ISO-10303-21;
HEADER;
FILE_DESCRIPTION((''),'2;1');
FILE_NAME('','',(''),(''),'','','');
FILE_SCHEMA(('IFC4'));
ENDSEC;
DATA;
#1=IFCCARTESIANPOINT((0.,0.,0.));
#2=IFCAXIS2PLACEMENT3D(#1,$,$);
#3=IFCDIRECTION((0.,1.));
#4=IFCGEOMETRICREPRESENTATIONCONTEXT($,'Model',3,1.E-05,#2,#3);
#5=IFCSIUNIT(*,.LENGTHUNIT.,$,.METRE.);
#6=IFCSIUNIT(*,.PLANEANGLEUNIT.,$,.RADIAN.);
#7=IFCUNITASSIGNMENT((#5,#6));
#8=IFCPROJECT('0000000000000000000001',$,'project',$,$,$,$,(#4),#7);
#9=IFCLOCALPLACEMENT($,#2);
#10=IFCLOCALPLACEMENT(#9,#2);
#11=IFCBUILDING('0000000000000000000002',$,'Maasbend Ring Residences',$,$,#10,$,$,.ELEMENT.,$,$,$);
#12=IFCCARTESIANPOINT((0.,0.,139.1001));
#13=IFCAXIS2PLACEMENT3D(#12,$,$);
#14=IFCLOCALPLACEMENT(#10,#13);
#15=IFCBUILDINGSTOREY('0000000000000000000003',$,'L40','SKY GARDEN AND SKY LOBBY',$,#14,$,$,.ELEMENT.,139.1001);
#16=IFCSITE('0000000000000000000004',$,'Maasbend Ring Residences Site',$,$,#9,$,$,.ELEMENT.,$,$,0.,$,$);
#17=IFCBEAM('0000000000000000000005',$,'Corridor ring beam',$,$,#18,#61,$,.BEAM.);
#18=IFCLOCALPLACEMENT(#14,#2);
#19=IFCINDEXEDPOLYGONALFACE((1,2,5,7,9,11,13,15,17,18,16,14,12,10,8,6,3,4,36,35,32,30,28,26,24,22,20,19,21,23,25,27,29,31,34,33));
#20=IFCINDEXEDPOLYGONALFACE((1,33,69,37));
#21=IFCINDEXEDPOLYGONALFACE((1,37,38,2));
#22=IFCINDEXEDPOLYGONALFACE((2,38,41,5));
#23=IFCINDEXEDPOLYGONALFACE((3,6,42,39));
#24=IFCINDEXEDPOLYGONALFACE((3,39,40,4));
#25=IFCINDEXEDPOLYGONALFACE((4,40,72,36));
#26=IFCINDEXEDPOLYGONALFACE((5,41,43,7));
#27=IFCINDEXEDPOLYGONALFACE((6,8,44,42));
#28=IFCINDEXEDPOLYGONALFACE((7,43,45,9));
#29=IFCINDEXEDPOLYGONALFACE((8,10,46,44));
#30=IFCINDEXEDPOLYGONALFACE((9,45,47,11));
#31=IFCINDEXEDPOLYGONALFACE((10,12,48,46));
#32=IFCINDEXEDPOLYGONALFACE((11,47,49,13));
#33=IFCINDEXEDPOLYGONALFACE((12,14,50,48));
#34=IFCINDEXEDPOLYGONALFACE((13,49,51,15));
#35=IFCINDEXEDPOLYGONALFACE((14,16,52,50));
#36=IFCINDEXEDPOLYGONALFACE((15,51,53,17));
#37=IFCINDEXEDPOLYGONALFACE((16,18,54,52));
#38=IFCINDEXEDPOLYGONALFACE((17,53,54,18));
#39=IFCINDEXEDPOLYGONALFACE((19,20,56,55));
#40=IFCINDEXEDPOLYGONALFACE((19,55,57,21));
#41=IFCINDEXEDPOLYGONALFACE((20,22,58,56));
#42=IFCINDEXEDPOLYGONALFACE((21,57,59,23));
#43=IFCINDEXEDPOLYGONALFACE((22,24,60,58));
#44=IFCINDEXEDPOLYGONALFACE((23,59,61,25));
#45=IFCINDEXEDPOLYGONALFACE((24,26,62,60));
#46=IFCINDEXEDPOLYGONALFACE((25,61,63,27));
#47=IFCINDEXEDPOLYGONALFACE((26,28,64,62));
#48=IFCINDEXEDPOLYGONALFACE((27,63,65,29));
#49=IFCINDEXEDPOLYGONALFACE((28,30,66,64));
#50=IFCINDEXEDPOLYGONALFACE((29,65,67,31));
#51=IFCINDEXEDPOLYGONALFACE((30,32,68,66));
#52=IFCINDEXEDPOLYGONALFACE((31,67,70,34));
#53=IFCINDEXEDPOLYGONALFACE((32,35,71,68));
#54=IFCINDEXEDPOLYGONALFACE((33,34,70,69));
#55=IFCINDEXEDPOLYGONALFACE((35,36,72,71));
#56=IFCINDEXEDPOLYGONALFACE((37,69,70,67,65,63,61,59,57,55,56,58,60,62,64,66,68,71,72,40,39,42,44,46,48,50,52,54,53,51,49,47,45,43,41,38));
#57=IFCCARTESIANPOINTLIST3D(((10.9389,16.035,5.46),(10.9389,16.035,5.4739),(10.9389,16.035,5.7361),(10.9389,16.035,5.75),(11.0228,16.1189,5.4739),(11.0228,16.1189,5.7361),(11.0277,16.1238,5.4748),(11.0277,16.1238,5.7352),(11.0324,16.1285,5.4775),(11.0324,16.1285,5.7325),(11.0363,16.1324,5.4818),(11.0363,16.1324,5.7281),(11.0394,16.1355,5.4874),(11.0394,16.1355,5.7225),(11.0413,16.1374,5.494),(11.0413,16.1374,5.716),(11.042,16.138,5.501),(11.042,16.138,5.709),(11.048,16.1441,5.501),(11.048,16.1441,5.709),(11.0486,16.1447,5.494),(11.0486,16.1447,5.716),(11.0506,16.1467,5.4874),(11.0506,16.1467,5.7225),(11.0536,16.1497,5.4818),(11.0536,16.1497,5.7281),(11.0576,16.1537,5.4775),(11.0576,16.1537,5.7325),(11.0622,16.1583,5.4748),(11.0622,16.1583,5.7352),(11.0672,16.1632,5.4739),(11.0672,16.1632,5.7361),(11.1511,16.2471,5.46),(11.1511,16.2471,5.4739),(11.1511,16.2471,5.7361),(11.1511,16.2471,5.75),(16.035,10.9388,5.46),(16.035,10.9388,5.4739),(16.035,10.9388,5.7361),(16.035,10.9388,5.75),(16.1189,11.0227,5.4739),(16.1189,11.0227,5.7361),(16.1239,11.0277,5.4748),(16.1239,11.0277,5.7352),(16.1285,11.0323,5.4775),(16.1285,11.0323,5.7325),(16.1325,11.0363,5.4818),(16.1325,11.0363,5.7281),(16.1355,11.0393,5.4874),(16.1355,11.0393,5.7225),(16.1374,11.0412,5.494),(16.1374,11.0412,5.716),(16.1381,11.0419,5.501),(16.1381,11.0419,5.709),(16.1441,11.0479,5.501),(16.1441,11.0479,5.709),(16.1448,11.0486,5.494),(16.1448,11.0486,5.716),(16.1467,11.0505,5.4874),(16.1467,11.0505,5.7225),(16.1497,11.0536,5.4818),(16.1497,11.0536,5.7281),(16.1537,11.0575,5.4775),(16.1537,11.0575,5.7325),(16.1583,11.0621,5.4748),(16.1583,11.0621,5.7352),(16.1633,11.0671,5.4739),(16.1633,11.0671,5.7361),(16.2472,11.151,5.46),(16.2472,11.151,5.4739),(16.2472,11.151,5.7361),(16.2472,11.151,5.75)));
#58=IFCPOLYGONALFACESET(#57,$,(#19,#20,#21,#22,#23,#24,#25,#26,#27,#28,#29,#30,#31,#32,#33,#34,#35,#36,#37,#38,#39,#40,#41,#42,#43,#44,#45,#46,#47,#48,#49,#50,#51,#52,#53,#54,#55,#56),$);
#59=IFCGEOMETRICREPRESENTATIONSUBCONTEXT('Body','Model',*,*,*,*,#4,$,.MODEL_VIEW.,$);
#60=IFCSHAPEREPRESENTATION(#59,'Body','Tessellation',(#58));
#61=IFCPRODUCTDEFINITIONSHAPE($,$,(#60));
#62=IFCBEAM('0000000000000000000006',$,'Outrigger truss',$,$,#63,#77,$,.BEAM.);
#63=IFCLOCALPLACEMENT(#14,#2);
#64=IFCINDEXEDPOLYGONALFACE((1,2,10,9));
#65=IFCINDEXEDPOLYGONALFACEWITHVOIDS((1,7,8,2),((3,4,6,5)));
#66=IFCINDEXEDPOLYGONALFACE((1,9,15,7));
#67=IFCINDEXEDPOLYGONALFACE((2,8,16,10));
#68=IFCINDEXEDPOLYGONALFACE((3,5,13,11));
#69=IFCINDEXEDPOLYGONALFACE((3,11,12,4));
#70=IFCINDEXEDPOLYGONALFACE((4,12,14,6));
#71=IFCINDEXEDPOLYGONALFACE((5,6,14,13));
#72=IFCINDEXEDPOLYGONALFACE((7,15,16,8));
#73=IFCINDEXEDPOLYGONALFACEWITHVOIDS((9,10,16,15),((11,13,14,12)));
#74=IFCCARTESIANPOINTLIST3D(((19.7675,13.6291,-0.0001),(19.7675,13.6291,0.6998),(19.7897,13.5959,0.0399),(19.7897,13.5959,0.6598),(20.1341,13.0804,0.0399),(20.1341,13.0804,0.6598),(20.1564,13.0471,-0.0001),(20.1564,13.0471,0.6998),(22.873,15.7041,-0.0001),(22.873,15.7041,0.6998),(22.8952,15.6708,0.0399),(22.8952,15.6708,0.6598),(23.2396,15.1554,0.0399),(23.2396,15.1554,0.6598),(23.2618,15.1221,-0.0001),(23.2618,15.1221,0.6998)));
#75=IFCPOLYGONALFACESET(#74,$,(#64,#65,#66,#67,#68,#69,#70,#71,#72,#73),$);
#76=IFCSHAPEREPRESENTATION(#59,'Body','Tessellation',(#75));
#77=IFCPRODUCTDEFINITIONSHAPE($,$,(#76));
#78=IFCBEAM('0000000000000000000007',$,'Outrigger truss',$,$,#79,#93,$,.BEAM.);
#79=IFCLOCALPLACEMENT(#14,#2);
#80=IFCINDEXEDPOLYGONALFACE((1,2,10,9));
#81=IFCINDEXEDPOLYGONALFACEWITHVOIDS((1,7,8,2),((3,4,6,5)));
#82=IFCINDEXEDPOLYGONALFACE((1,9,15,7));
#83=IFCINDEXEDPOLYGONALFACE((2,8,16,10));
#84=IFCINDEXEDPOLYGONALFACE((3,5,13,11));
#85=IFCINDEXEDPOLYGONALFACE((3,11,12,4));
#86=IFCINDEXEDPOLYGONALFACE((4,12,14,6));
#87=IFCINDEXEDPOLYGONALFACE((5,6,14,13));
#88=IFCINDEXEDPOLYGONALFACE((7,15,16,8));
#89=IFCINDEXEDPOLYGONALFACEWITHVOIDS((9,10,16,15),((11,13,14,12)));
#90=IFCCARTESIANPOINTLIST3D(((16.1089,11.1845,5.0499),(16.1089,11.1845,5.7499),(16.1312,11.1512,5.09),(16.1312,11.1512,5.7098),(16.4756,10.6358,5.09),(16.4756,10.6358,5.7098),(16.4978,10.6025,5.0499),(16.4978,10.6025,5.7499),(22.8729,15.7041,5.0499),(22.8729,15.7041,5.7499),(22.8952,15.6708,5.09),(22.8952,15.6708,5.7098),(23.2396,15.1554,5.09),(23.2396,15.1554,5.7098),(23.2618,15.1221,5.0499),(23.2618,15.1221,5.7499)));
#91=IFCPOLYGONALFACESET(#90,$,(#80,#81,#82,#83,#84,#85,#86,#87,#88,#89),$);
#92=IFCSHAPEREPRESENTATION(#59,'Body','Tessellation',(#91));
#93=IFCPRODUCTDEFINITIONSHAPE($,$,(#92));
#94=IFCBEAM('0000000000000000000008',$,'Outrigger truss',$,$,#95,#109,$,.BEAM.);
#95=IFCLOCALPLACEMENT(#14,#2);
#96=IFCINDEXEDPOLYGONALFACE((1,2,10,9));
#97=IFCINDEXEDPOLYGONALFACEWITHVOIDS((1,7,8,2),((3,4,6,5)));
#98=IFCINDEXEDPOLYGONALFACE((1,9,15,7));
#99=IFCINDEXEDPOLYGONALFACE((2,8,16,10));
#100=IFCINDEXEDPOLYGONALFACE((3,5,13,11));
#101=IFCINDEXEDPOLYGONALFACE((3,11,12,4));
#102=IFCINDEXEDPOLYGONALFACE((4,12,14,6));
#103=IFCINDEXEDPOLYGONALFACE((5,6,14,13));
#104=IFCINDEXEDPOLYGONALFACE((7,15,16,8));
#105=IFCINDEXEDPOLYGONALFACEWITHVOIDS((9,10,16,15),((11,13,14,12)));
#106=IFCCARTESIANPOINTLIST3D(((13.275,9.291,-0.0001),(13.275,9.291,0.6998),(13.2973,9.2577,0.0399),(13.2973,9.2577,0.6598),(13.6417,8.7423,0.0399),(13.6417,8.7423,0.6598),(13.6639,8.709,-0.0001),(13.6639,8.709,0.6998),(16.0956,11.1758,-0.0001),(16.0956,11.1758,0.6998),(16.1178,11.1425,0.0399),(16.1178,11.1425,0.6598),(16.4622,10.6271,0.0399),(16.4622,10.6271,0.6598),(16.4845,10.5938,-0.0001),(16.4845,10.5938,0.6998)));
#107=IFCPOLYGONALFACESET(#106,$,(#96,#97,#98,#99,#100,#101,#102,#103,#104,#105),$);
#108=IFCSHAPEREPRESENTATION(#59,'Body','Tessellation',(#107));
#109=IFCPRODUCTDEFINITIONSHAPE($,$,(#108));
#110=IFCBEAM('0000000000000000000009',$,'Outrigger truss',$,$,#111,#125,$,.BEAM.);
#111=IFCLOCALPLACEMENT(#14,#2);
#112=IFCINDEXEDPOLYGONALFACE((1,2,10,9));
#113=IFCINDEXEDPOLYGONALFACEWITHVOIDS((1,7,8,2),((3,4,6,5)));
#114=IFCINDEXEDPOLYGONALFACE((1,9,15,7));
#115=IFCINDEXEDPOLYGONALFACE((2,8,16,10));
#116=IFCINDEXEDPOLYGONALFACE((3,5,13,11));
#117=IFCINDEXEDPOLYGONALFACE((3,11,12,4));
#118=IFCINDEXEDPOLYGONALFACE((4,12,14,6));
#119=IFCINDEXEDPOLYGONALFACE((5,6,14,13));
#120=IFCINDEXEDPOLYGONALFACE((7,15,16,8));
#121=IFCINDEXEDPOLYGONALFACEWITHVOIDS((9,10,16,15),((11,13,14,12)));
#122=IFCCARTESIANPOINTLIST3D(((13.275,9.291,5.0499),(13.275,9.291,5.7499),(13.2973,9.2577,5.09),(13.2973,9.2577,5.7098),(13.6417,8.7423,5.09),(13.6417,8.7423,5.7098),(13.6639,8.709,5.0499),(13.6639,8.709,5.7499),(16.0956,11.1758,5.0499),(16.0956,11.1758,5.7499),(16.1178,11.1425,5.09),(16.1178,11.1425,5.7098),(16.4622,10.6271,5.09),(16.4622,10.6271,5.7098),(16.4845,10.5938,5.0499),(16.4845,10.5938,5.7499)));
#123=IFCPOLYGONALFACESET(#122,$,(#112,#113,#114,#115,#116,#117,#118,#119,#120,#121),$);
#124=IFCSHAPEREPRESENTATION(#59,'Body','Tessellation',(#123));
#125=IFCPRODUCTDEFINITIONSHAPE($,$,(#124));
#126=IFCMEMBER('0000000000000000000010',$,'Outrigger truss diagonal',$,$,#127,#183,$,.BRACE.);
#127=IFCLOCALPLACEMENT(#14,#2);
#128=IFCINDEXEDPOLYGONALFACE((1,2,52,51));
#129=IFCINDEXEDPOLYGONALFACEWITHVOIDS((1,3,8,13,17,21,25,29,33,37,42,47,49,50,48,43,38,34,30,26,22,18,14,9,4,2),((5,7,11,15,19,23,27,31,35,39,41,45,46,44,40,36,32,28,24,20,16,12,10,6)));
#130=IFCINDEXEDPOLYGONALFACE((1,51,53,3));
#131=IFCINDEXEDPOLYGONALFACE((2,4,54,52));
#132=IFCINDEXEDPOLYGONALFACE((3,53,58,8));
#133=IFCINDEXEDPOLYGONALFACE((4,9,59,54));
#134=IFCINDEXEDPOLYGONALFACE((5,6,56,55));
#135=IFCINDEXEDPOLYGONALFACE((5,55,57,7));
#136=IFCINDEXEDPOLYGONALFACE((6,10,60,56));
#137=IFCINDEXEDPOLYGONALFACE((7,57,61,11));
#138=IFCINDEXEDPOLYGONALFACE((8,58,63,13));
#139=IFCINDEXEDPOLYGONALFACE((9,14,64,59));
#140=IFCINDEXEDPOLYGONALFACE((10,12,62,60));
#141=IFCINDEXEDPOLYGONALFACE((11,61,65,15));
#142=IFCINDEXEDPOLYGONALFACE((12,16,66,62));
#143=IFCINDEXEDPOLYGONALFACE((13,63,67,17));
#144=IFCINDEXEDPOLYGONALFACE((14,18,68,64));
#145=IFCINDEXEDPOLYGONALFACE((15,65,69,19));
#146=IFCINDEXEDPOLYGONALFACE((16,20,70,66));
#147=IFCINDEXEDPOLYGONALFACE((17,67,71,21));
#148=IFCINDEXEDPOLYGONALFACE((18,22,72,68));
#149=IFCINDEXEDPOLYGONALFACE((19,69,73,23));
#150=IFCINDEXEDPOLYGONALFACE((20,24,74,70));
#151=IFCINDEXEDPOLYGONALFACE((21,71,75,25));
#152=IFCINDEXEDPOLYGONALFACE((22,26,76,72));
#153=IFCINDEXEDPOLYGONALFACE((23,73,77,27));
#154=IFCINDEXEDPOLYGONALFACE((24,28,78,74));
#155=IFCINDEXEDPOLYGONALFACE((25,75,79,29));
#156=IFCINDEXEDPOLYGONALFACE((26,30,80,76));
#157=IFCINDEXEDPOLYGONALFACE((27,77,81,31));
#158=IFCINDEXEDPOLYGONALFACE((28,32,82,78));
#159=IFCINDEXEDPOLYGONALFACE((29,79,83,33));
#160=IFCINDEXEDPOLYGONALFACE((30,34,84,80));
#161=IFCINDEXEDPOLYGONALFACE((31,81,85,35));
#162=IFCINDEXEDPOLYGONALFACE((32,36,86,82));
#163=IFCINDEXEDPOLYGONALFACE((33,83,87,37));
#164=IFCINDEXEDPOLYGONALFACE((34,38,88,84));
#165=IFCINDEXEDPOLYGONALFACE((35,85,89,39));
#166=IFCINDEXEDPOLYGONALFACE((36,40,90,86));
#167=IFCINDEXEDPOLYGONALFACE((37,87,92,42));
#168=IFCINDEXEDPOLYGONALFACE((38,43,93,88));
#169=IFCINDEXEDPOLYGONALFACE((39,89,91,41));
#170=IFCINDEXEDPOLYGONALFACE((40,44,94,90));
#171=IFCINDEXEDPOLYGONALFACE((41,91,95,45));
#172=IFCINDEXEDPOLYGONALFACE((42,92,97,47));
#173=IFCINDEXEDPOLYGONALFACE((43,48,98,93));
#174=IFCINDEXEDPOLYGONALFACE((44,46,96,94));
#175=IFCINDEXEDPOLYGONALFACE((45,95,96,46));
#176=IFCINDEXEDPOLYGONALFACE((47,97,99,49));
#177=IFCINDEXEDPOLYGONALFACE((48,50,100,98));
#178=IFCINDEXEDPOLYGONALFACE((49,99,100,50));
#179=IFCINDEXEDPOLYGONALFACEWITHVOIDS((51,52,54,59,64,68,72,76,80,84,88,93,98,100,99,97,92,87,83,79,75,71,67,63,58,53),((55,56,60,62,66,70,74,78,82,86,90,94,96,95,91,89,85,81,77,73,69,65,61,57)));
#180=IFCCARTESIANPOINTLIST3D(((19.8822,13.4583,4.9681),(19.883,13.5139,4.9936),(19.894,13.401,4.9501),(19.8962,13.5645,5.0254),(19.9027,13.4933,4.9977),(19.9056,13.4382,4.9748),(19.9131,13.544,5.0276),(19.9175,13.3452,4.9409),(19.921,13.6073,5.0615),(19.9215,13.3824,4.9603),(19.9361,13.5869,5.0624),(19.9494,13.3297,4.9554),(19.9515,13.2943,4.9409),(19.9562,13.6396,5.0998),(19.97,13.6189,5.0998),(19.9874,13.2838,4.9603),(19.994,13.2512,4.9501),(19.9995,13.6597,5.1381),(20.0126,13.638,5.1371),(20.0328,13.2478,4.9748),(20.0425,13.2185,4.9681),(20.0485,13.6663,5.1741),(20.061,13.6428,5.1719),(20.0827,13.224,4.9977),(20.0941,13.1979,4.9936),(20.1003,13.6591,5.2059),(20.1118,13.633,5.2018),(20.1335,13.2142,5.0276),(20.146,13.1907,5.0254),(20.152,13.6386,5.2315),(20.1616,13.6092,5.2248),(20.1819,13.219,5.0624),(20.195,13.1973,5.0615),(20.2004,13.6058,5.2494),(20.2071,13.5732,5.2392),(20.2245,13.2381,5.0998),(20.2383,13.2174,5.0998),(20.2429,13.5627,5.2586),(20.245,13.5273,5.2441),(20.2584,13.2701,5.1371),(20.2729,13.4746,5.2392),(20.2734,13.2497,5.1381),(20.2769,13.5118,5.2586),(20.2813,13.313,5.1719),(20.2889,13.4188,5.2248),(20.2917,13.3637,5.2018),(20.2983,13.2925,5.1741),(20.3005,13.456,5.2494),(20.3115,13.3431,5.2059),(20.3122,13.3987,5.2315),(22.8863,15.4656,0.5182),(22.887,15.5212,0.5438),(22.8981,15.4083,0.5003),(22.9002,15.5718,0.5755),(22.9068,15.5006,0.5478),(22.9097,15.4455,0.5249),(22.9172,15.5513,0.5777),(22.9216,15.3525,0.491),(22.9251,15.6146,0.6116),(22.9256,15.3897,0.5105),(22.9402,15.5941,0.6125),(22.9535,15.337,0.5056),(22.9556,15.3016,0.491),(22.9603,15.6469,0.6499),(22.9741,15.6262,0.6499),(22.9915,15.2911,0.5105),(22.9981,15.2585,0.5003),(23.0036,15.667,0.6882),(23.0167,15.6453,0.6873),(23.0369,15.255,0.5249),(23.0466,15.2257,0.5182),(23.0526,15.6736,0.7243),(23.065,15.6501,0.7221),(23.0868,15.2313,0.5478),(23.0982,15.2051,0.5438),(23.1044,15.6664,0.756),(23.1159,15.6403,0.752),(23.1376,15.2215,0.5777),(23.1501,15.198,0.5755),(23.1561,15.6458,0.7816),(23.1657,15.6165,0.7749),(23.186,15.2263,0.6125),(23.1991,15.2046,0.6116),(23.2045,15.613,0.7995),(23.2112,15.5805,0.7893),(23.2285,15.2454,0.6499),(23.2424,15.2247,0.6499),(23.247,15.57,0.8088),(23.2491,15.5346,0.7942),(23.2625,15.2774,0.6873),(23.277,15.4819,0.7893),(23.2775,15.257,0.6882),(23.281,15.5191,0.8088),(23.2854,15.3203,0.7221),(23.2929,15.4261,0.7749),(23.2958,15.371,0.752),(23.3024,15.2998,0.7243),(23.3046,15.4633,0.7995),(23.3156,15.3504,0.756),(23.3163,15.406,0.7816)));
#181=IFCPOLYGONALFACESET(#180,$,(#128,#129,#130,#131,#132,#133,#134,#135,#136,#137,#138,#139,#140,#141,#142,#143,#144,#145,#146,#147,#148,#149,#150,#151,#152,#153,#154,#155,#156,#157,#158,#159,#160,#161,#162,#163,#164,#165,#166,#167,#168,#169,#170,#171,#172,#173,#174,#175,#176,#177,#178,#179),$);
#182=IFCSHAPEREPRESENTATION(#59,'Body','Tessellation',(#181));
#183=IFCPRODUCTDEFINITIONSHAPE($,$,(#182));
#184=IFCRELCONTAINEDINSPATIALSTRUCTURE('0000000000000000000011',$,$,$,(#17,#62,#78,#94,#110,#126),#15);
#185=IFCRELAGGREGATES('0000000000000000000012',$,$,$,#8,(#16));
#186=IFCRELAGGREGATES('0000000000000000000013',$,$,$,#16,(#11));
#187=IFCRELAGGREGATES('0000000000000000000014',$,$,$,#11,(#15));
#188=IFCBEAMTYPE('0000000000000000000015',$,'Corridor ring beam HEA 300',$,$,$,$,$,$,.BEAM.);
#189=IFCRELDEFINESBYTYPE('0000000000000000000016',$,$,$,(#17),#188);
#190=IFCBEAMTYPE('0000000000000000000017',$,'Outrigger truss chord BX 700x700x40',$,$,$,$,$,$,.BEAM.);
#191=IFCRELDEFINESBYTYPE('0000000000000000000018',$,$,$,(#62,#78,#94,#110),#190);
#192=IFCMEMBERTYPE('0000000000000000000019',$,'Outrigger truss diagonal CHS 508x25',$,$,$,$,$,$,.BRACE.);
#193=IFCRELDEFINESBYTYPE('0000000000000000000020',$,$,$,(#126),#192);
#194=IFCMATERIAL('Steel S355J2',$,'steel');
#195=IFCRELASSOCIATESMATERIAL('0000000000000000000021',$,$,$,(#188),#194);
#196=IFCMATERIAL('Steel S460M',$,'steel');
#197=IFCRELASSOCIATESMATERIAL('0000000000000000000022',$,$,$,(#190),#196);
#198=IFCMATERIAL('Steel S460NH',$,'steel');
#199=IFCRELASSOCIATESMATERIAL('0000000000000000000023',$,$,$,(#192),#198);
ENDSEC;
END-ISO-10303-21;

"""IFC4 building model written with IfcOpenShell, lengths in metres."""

from ifc_helpers import new_model, si_unit, direction, frame, origin, origin_2d, place, context, subcontext, project, spatial, hollow_rectangle, hollow_circle, i_section, extrude, material, material_profile, profile_set, type_object, element, save


model = new_model("IFC4")

# Units and contexts
model_context = context("Model", 3, precision=1e-05, world=origin(), true_north=direction((0.0, 1.0)))
body_context = subcontext(model_context, "Body", "Model", "MODEL_VIEW")
ifc_project = project(units=[si_unit("LENGTHUNIT", "METRE"), si_unit("PLANEANGLEUNIT", "RADIAN")], contexts=[model_context])

# Site, building, storey
site_placement = place(None, origin())
site = spatial("IfcSite", under=ifc_project, at=site_placement, Name="Maasbend Ring Residences Site", CompositionType="ELEMENT", RefElevation=0.0)
building_placement = place(site_placement, origin())
building = spatial("IfcBuilding", under=site, at=building_placement, Name="Maasbend Ring Residences", CompositionType="ELEMENT")
storey_placement = place(building_placement, frame((0.0, 0.0, 139.1001)))
storey = spatial("IfcBuildingStorey", under=building, at=storey_placement, Name="L40", Description="SKY GARDEN AND SKY LOBBY", CompositionType="ELEMENT", Elevation=139.1001)

# Beams
ifc_material_1 = material(Name="Steel S355J2", Category="steel")
ifc_material_profile_1 = material_profile(ifc_material_1, i_section(OverallWidth=0.3, OverallDepth=0.29, WebThickness=0.0085, FlangeThickness=0.0139, FilletRadius=0.0271, at=origin_2d()), Name="HEA 300")
ifc_profile_set_1 = profile_set([ifc_material_profile_1], Name="Steel S355J2")
beam_type_1 = type_object("IfcBeamType", Name="Corridor ring beam HEA 300", PredefinedType="BEAM", material=ifc_profile_set_1)
beam_1_placement = place(storey_placement, frame((16.1411, 11.0449, 5.605), z_axis=(-0.707107, 0.707107, 0.0), x_axis=(-0.707107, -0.707107, 0.0)))
element("IfcBeam", 1, at=beam_1_placement, inside=storey, type_object=beam_type_1, Name="Corridor ring beam", PredefinedType="BEAM", context=body_context, shape_type="SweptSolid", body=[
    extrude(i_section(OverallWidth=0.3, OverallDepth=0.29, WebThickness=0.0085, FlangeThickness=0.0139, FilletRadius=0.0271, at=origin_2d()), origin(), (0.0, 0.0, 1.0), 7.207),
])
ifc_material_2 = material(Name="Steel S460M", Category="steel")
ifc_material_profile_2 = material_profile(ifc_material_2, hollow_rectangle(XDim=0.7, YDim=0.7, WallThickness=0.04, at=origin_2d()), Name="Outrigger truss chord BX 700x700x40")
ifc_profile_set_2 = profile_set([ifc_material_profile_2], Name="Steel S460M")
beam_type_2 = type_object("IfcBeamType", Name="Outrigger truss chord BX 700x700x40", PredefinedType="BEAM", material=ifc_profile_set_2)
beam_2_placement = place(storey_placement, frame((23.0674, 15.4131, 0.3499), z_axis=(-0.831477, -0.55556, 0.0), x_axis=(0.55556, -0.831477, 0.0)))
element("IfcBeam", 2, at=beam_2_placement, inside=storey, type_object=beam_type_2, Name="Outrigger truss", PredefinedType="BEAM", context=body_context, shape_type="SweptSolid", body=[
    extrude(hollow_rectangle(XDim=0.7, YDim=0.7, WallThickness=0.04, at=origin_2d()), origin(), (0.0, 0.0, 1.0), 3.7349),
])
beam_3_placement = place(storey_placement, frame((23.0674, 15.4131, 5.3999), z_axis=(-0.831468, -0.555573, 0.0), x_axis=(0.555573, -0.831468, 0.0)))
element("IfcBeam", 3, at=beam_3_placement, inside=storey, type_object=beam_type_2, Name="Outrigger truss", PredefinedType="BEAM", context=body_context, shape_type="SweptSolid", body=[
    extrude(hollow_rectangle(XDim=0.7, YDim=0.7, WallThickness=0.04, at=origin_2d()), origin(), (0.0, 0.0, 1.0), 8.135),
])
for number, where, z_axis, x_axis, name in (
    (4, (16.29, 10.8848, 0.3499), (-0.831452, -0.555597, 0.0), (0.555597, -0.831452, 0.0), "Outrigger truss"),
    (5, (16.29, 10.8848, 5.3999), (-0.831452, -0.555597, 0.0), (0.555597, -0.831452, 0.0), "Outrigger truss"),
):
    element("IfcBeam", number, at=place(storey_placement, frame(where, z_axis=z_axis, x_axis=x_axis)), inside=storey, type_object=beam_type_2, Name=name, PredefinedType="BEAM", context=body_context, shape_type="SweptSolid", body=[
        extrude(hollow_rectangle(XDim=0.7, YDim=0.7, WallThickness=0.04, at=origin_2d()), origin(), (0.0, 0.0, 1.0), 3.3923),
    ])

# Member
ifc_material_3 = material(Name="Steel S460NH", Category="steel")
ifc_material_profile_3 = material_profile(ifc_material_3, hollow_circle(Radius=0.2539, WallThickness=0.0249, at=origin_2d()), Name="Outrigger truss diagonal CHS 508x25")
ifc_profile_set_3 = profile_set([ifc_material_profile_3], Name="Steel S460NH")
member_type_1 = type_object("IfcMemberType", Name="Outrigger truss diagonal CHS 508x25", PredefinedType="BRACE", material=ifc_profile_set_3)
member_1_placement = place(storey_placement, frame((23.1013, 15.4358, 0.6499), z_axis=(-0.524098, -0.350193, 0.776329), x_axis=(0.555573, -0.831468, 0.0)))
element("IfcMember", 6, at=member_1_placement, inside=storey, type_object=member_type_1, Name="Outrigger truss diagonal", PredefinedType="BRACE", context=body_context, shape_type="SweptSolid", body=[
    extrude(hollow_circle(Radius=0.2539, WallThickness=0.0249, at=origin_2d()), origin(), (0.0, 0.0, 1.0), 5.7319),
])

save(model, "model.ifc")
